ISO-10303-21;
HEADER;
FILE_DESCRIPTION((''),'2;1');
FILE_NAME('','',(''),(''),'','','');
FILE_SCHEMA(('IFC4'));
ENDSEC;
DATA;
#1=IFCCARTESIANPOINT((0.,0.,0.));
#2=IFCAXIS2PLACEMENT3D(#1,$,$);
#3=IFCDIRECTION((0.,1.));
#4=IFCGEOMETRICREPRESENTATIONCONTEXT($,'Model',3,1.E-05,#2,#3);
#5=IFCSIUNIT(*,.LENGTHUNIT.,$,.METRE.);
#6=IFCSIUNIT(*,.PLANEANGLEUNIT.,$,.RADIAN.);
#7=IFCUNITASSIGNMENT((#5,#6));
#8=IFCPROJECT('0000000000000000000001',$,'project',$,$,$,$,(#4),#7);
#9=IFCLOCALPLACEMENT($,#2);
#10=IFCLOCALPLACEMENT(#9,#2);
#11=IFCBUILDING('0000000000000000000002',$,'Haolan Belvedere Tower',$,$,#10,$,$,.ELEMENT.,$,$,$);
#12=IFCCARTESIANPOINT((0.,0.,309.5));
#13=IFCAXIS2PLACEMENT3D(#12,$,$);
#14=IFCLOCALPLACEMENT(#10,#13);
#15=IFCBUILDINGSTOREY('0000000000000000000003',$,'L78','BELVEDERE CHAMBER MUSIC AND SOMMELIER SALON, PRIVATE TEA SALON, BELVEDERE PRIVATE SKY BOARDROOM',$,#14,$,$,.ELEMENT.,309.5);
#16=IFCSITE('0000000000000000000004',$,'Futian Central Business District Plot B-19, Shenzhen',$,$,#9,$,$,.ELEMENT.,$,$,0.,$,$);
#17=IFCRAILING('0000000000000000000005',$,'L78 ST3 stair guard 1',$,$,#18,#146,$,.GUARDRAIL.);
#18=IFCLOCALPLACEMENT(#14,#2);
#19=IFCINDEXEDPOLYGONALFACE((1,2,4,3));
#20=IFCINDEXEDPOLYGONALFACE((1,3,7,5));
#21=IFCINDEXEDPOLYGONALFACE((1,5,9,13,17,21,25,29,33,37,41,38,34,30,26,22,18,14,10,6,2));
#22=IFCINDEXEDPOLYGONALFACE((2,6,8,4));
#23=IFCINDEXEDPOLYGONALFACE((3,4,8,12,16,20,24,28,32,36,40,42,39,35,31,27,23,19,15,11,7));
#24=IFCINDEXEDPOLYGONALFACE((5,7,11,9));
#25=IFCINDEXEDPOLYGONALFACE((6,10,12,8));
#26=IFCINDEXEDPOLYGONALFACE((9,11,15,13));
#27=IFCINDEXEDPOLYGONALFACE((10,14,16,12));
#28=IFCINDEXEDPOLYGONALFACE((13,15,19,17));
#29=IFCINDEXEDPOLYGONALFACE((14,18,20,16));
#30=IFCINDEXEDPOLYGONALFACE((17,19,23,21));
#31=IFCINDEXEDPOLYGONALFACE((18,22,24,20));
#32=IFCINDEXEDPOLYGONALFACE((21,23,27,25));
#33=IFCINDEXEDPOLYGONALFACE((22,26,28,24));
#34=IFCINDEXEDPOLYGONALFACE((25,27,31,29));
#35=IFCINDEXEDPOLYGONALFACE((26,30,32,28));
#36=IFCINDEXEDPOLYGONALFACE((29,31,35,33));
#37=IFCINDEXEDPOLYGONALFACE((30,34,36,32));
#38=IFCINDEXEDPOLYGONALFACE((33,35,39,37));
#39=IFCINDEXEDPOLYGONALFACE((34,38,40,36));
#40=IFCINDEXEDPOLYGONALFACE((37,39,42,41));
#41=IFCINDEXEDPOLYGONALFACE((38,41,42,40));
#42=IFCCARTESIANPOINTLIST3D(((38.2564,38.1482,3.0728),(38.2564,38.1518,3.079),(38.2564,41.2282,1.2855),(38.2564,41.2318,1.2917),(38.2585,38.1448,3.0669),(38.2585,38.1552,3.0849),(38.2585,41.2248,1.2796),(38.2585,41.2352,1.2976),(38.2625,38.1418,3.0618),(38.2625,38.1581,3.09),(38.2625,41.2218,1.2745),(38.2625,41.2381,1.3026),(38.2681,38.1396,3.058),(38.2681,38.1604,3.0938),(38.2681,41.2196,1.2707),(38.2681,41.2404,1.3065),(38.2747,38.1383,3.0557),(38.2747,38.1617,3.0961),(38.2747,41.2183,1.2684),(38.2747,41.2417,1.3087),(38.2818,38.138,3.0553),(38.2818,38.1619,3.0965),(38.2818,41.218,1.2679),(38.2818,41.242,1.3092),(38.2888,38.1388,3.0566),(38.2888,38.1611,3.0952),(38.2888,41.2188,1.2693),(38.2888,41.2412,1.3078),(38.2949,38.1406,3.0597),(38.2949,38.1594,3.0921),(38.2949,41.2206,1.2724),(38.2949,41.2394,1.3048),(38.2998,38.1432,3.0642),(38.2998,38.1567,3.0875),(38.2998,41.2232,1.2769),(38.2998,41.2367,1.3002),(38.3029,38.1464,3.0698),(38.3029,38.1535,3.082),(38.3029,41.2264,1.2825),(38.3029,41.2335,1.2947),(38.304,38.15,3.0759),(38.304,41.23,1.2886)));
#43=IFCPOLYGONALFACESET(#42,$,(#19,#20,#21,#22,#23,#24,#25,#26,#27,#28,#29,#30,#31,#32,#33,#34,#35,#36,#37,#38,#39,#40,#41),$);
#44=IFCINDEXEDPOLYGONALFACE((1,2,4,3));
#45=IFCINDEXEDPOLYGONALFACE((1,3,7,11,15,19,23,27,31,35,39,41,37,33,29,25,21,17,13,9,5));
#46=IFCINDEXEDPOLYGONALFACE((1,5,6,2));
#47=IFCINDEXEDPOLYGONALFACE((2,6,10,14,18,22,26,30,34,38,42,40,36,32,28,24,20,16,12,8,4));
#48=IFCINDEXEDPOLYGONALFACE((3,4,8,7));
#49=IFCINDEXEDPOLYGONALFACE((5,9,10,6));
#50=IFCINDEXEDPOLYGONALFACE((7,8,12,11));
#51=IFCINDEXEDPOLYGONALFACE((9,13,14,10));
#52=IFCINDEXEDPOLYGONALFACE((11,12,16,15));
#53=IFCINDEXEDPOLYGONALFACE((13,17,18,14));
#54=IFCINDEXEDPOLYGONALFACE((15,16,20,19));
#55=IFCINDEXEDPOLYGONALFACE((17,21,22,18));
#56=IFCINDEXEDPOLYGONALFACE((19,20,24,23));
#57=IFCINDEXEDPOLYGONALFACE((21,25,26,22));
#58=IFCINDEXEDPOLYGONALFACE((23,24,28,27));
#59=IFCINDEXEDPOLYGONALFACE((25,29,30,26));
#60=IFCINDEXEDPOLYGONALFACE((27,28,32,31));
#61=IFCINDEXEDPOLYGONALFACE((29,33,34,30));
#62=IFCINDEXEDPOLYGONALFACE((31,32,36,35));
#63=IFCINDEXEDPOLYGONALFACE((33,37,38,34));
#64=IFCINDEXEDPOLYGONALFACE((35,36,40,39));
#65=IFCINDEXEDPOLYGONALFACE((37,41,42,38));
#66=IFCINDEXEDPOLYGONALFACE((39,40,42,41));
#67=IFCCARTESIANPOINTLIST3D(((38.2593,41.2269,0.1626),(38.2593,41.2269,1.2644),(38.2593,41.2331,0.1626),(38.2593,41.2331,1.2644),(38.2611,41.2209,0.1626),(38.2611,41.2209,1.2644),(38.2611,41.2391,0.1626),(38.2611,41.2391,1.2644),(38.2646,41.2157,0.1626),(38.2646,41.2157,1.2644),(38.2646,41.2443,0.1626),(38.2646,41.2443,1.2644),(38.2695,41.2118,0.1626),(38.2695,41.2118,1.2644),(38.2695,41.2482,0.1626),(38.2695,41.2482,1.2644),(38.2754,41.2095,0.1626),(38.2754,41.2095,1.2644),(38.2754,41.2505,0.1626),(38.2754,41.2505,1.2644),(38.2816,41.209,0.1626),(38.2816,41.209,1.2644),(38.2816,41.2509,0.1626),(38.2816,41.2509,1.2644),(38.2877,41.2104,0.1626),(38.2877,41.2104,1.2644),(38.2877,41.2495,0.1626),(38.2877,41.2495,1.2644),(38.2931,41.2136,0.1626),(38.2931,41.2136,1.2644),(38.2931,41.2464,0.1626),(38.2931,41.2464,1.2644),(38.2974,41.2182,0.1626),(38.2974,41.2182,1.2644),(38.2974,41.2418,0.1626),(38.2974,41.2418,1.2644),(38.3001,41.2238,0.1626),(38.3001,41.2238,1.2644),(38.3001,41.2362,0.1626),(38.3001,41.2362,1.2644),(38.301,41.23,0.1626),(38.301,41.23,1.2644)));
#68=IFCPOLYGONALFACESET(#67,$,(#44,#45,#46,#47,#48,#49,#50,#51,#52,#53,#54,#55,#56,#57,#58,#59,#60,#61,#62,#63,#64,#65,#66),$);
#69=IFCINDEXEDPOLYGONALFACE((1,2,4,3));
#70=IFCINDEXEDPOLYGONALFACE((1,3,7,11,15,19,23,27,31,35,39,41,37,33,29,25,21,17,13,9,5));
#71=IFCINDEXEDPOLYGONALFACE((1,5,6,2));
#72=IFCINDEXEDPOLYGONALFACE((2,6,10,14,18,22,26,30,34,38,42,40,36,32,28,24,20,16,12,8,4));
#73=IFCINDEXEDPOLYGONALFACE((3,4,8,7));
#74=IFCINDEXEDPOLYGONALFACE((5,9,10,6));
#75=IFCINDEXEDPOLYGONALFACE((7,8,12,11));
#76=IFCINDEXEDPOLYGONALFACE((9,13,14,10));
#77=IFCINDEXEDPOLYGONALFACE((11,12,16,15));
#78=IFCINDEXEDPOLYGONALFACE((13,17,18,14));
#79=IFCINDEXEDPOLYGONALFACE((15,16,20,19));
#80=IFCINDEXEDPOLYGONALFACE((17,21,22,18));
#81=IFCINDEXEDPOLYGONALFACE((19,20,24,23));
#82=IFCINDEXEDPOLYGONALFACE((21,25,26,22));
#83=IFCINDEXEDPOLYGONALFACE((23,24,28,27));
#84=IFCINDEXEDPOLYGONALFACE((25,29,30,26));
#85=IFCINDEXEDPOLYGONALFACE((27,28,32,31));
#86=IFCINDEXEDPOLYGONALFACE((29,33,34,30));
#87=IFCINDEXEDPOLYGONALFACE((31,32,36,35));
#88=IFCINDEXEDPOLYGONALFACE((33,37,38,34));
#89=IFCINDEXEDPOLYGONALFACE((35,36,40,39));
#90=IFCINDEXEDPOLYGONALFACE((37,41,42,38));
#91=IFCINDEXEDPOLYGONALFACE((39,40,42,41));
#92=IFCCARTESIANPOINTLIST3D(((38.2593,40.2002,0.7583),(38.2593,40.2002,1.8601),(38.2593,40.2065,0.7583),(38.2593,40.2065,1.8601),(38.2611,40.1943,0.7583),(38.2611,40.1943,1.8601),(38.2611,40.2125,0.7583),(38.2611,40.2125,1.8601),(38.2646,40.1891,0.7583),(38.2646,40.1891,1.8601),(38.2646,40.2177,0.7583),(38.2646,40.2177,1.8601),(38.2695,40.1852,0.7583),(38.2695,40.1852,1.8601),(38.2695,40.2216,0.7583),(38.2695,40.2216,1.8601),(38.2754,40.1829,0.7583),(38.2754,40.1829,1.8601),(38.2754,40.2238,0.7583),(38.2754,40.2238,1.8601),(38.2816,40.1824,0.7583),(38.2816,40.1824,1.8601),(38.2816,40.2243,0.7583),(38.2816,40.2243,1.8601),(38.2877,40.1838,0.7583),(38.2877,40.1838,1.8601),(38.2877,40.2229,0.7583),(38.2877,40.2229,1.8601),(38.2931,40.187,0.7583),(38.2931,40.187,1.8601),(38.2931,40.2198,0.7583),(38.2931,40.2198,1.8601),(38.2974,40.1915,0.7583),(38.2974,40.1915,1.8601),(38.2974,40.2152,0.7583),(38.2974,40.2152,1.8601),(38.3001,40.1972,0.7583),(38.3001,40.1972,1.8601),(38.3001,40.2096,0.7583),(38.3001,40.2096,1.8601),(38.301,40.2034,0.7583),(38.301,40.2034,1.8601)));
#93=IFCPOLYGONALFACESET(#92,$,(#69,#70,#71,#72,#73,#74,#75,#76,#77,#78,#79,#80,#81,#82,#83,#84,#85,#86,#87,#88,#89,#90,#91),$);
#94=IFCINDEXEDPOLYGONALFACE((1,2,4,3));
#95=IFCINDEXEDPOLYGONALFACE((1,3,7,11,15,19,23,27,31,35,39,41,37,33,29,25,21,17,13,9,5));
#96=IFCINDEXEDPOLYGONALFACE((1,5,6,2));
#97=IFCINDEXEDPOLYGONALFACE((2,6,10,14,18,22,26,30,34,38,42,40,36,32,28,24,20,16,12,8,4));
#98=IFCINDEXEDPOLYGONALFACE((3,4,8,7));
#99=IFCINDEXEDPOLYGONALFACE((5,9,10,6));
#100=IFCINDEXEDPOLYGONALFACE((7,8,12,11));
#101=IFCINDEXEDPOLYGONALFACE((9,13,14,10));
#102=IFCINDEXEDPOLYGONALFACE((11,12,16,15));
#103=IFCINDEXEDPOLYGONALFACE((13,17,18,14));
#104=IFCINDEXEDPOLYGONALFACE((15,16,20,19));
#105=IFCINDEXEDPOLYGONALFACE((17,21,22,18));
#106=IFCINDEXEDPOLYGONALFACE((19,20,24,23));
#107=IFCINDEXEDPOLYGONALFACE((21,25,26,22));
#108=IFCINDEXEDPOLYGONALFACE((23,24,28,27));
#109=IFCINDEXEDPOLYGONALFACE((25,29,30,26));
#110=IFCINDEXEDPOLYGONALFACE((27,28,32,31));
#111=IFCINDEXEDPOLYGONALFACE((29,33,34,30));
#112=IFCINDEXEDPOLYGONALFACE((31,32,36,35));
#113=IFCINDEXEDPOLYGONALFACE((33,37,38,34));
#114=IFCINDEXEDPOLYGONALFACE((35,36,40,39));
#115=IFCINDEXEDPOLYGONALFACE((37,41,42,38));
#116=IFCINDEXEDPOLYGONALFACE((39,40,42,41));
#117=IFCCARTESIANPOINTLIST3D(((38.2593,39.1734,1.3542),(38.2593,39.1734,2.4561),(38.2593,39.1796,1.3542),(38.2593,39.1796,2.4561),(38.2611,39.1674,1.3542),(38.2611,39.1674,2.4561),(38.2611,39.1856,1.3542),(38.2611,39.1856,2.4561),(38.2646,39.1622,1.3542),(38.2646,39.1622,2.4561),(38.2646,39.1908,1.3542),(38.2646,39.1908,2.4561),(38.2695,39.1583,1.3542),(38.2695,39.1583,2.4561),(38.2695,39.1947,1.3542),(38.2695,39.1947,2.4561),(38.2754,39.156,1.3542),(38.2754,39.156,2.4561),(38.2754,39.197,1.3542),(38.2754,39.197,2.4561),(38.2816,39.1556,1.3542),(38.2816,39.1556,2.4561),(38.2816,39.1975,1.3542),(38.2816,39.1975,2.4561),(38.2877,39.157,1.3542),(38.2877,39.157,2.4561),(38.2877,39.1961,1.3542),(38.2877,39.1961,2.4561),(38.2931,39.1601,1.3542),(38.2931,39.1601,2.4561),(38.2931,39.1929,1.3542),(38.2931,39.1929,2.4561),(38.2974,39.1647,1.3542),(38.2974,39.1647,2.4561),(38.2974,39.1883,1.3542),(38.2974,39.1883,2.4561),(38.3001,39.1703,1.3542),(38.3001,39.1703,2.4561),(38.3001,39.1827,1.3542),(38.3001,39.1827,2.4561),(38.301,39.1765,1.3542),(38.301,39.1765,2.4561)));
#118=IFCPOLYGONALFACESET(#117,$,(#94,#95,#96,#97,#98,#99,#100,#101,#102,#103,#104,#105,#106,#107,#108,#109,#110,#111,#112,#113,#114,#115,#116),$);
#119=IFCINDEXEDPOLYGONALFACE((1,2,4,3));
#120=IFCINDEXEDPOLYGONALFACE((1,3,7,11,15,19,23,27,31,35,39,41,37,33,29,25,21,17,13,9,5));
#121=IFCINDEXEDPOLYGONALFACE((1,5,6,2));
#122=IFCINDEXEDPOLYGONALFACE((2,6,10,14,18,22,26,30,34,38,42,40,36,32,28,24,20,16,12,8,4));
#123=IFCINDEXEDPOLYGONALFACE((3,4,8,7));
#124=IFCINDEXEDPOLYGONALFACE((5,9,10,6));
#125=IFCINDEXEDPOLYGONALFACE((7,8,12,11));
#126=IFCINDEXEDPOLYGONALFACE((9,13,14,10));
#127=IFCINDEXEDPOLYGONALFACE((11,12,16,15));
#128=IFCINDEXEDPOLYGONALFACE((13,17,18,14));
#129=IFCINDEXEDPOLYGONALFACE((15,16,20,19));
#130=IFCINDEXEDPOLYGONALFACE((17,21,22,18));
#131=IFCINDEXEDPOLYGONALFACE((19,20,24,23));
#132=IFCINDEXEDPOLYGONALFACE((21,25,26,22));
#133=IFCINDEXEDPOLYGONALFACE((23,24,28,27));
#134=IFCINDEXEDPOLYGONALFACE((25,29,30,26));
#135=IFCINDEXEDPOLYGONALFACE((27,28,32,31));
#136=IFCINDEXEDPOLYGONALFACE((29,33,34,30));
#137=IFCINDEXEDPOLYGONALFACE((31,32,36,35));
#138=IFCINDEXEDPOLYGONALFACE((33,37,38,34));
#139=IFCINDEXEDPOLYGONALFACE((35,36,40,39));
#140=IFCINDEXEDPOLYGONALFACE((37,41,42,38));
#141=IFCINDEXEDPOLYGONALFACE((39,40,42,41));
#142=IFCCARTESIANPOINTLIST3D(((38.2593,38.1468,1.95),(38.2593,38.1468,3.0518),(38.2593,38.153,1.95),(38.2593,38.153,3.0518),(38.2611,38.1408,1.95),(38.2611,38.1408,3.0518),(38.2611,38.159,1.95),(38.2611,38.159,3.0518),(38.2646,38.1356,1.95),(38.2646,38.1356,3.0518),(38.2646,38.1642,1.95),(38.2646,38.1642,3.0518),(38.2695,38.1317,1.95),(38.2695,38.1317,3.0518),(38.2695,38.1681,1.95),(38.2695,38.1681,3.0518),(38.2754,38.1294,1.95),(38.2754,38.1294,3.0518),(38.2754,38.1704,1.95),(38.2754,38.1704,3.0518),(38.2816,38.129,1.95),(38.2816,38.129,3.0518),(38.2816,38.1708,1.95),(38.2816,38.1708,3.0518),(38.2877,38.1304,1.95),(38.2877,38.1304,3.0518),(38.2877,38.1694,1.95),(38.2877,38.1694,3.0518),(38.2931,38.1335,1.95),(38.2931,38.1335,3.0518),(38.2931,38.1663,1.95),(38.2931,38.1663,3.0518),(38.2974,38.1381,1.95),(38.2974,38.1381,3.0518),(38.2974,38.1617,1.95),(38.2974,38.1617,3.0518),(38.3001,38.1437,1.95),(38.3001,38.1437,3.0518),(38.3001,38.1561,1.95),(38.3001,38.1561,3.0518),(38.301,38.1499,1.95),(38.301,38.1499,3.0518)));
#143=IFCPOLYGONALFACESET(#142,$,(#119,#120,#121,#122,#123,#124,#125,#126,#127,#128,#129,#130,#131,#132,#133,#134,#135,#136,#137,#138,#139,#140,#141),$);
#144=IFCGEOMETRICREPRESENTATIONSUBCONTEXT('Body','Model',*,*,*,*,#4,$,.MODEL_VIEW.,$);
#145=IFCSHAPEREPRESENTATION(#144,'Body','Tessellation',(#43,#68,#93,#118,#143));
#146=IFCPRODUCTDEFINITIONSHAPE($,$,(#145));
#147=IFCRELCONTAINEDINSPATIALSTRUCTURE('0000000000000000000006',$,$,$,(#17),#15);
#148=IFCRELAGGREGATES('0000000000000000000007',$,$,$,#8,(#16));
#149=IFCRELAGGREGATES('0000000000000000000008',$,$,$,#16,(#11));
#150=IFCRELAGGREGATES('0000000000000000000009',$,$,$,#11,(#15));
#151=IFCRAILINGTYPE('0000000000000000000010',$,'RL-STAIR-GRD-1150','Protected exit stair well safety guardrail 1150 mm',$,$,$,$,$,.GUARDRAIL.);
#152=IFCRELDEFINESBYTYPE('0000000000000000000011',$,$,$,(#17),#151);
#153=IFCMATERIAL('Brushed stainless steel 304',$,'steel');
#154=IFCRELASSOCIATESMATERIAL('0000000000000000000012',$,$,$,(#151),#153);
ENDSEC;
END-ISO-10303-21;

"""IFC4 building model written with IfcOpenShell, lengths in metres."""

from ifc_helpers import new_model, si_unit, direction, frame, origin, origin_2d, place, context, subcontext, project, spatial, circle, extrude, material, type_object, element, save


model = new_model("IFC4")

# Units and contexts
model_context = context("Model", 3, precision=1e-05, world=origin(), true_north=direction((0.0, 1.0)))
body_context = subcontext(model_context, "Body", "Model", "MODEL_VIEW")
ifc_project = project(units=[si_unit("LENGTHUNIT", "METRE"), si_unit("PLANEANGLEUNIT", "RADIAN")], contexts=[model_context])

# Site, building, storey
site_placement = place(None, origin())
site = spatial("IfcSite", under=ifc_project, at=site_placement, Name="Futian Central Business District Plot B-19, Shenzhen", CompositionType="ELEMENT", RefElevation=0.0)
building_placement = place(site_placement, origin())
building = spatial("IfcBuilding", under=site, at=building_placement, Name="Haolan Belvedere Tower", CompositionType="ELEMENT")
storey_placement = place(building_placement, frame((0.0, 0.0, 309.5)))
storey = spatial("IfcBuildingStorey", under=building, at=storey_placement, Name="L78", Description="BELVEDERE CHAMBER MUSIC AND SOMMELIER SALON, PRIVATE TEA SALON, BELVEDERE PRIVATE SKY BOARDROOM", CompositionType="ELEMENT", Elevation=309.5)

# Railing
ifc_material_1 = material(Name="Brushed stainless steel 304", Category="steel")
railing_type_1 = type_object("IfcRailingType", Name="RL-STAIR-GRD-1150", Description="Protected exit stair well safety guardrail 1150 mm", PredefinedType="GUARDRAIL", material=ifc_material_1)
railing_1_placement = place(storey_placement, frame((38.28, 41.23, 0.1626)))
element("IfcRailing", 1, at=railing_1_placement, inside=storey, type_object=railing_type_1, Name="L78 ST3 stair guard 1", PredefinedType="GUARDRAIL", context=body_context, shape_type="SweptSolid", body=[
    extrude(circle(Radius=0.0239, at=origin_2d()), frame((0.0, 0.0, 1.126), z_axis=(0.0, -0.86492, 0.501909), x_axis=(1.0, 0.0, 0.0)), (0.0, 0.0, 1.0), 3.561),
    extrude(circle(Radius=0.021, at=origin_2d()), origin(), (0.0, 0.0, 1.0), 1.1018),
    extrude(circle(Radius=0.021, at=origin_2d()), frame((0.0, -1.0266, 0.5957)), (0.0, 0.0, 1.0), 1.1018),
    extrude(circle(Radius=0.021, at=origin_2d()), frame((0.0, -2.0535, 1.1917)), (0.0, 0.0, 1.0), 1.1018),
    extrude(circle(Radius=0.021, at=origin_2d()), frame((0.0, -3.0801, 1.7874)), (0.0, 0.0, 1.0), 1.1018),
])

save(model, "model.ifc")
